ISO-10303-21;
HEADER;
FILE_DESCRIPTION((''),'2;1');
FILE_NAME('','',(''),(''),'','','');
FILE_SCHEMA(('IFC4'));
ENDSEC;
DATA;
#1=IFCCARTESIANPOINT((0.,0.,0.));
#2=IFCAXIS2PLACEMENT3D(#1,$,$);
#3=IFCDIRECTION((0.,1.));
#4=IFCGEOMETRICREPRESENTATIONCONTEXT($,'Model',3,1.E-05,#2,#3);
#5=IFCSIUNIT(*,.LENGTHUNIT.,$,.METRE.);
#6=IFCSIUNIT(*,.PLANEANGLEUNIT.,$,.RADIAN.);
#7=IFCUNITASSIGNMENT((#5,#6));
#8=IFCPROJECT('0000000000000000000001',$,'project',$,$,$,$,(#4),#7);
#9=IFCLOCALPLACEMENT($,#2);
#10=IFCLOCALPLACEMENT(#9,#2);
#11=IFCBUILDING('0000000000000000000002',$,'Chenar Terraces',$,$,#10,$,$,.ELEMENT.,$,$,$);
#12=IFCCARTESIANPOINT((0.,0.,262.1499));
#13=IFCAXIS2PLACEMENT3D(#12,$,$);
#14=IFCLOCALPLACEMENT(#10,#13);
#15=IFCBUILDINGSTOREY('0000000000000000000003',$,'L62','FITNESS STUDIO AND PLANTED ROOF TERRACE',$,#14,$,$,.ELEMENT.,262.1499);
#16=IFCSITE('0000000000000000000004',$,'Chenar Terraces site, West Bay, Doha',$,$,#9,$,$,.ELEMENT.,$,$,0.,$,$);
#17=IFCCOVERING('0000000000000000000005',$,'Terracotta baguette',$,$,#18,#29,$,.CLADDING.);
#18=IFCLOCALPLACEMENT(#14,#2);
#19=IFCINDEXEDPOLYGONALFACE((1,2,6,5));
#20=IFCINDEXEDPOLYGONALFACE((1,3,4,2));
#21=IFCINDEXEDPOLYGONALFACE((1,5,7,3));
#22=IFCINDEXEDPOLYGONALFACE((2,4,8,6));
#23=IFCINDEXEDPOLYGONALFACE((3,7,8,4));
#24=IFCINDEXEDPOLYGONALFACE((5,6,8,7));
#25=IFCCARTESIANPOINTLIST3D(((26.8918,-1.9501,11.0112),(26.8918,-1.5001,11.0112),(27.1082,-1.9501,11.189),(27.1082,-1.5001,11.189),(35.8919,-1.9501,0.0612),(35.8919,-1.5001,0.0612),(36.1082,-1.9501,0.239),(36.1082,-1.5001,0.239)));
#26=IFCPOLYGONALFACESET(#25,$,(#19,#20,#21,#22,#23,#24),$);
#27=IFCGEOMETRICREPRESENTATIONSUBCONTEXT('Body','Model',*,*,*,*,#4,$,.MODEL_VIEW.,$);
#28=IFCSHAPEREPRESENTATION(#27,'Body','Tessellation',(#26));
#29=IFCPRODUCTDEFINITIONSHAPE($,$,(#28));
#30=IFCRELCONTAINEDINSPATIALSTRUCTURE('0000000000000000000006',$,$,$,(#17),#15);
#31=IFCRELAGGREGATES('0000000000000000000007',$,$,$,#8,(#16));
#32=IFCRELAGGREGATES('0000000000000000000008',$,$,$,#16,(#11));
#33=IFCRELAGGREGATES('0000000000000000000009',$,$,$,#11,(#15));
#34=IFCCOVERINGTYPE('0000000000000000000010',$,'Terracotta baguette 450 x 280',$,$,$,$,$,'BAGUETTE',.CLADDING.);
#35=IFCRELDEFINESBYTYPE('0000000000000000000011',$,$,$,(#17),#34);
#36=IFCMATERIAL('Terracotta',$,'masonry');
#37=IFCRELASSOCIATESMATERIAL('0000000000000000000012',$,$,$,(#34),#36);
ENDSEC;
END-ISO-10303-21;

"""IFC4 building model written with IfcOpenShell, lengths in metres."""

from ifc_helpers import new_model, si_unit, direction, frame, origin, origin_2d, place, context, subcontext, project, spatial, rectangle, extrude, material, material_profile, profile_set, type_object, element, save


model = new_model("IFC4")

# Units and contexts
model_context = context("Model", 3, precision=1e-05, world=origin(), true_north=direction((0.0, 1.0)))
body_context = subcontext(model_context, "Body", "Model", "MODEL_VIEW")
ifc_project = project(units=[si_unit("LENGTHUNIT", "METRE"), si_unit("PLANEANGLEUNIT", "RADIAN")], contexts=[model_context])

# Site, building, storey
site_placement = place(None, origin())
site = spatial("IfcSite", under=ifc_project, at=site_placement, Name="Chenar Terraces site, West Bay, Doha", CompositionType="ELEMENT", RefElevation=0.0)
building_placement = place(site_placement, origin())
building = spatial("IfcBuilding", under=site, at=building_placement, Name="Chenar Terraces", CompositionType="ELEMENT")
storey_placement = place(building_placement, frame((0.0, 0.0, 262.1499)))
storey = spatial("IfcBuildingStorey", under=building, at=storey_placement, Name="L62", Description="FITNESS STUDIO AND PLANTED ROOF TERRACE", CompositionType="ELEMENT", Elevation=262.1499)

# Covering
ifc_material_1 = material(Name="Terracotta", Category="masonry")
ifc_material_profile_1 = material_profile(ifc_material_1, rectangle(XDim=0.45, YDim=0.28, at=origin_2d()), Name="Terracotta baguette 450 x 280")
ifc_profile_set_1 = profile_set([ifc_material_profile_1], Name="Terracotta")
covering_type = type_object("IfcCoveringType", Name="Terracotta baguette 450 x 280", ElementType="BAGUETTE", PredefinedType="CLADDING", material=ifc_profile_set_1)
covering_placement = place(storey_placement, frame((27.0, -1.7251, 11.1001), z_axis=(0.634967, 0.0, -0.772539), x_axis=(0.0, 1.0, 0.0)))
element("IfcCovering", 1, at=covering_placement, inside=storey, type_object=covering_type, Name="Terracotta baguette", PredefinedType="CLADDING", context=body_context, shape_type="SweptSolid", body=[
    extrude(rectangle(XDim=0.45, YDim=0.28, at=origin_2d()), origin(), (0.0, 0.0, 1.0), 14.1741),
])

save(model, "model.ifc")
